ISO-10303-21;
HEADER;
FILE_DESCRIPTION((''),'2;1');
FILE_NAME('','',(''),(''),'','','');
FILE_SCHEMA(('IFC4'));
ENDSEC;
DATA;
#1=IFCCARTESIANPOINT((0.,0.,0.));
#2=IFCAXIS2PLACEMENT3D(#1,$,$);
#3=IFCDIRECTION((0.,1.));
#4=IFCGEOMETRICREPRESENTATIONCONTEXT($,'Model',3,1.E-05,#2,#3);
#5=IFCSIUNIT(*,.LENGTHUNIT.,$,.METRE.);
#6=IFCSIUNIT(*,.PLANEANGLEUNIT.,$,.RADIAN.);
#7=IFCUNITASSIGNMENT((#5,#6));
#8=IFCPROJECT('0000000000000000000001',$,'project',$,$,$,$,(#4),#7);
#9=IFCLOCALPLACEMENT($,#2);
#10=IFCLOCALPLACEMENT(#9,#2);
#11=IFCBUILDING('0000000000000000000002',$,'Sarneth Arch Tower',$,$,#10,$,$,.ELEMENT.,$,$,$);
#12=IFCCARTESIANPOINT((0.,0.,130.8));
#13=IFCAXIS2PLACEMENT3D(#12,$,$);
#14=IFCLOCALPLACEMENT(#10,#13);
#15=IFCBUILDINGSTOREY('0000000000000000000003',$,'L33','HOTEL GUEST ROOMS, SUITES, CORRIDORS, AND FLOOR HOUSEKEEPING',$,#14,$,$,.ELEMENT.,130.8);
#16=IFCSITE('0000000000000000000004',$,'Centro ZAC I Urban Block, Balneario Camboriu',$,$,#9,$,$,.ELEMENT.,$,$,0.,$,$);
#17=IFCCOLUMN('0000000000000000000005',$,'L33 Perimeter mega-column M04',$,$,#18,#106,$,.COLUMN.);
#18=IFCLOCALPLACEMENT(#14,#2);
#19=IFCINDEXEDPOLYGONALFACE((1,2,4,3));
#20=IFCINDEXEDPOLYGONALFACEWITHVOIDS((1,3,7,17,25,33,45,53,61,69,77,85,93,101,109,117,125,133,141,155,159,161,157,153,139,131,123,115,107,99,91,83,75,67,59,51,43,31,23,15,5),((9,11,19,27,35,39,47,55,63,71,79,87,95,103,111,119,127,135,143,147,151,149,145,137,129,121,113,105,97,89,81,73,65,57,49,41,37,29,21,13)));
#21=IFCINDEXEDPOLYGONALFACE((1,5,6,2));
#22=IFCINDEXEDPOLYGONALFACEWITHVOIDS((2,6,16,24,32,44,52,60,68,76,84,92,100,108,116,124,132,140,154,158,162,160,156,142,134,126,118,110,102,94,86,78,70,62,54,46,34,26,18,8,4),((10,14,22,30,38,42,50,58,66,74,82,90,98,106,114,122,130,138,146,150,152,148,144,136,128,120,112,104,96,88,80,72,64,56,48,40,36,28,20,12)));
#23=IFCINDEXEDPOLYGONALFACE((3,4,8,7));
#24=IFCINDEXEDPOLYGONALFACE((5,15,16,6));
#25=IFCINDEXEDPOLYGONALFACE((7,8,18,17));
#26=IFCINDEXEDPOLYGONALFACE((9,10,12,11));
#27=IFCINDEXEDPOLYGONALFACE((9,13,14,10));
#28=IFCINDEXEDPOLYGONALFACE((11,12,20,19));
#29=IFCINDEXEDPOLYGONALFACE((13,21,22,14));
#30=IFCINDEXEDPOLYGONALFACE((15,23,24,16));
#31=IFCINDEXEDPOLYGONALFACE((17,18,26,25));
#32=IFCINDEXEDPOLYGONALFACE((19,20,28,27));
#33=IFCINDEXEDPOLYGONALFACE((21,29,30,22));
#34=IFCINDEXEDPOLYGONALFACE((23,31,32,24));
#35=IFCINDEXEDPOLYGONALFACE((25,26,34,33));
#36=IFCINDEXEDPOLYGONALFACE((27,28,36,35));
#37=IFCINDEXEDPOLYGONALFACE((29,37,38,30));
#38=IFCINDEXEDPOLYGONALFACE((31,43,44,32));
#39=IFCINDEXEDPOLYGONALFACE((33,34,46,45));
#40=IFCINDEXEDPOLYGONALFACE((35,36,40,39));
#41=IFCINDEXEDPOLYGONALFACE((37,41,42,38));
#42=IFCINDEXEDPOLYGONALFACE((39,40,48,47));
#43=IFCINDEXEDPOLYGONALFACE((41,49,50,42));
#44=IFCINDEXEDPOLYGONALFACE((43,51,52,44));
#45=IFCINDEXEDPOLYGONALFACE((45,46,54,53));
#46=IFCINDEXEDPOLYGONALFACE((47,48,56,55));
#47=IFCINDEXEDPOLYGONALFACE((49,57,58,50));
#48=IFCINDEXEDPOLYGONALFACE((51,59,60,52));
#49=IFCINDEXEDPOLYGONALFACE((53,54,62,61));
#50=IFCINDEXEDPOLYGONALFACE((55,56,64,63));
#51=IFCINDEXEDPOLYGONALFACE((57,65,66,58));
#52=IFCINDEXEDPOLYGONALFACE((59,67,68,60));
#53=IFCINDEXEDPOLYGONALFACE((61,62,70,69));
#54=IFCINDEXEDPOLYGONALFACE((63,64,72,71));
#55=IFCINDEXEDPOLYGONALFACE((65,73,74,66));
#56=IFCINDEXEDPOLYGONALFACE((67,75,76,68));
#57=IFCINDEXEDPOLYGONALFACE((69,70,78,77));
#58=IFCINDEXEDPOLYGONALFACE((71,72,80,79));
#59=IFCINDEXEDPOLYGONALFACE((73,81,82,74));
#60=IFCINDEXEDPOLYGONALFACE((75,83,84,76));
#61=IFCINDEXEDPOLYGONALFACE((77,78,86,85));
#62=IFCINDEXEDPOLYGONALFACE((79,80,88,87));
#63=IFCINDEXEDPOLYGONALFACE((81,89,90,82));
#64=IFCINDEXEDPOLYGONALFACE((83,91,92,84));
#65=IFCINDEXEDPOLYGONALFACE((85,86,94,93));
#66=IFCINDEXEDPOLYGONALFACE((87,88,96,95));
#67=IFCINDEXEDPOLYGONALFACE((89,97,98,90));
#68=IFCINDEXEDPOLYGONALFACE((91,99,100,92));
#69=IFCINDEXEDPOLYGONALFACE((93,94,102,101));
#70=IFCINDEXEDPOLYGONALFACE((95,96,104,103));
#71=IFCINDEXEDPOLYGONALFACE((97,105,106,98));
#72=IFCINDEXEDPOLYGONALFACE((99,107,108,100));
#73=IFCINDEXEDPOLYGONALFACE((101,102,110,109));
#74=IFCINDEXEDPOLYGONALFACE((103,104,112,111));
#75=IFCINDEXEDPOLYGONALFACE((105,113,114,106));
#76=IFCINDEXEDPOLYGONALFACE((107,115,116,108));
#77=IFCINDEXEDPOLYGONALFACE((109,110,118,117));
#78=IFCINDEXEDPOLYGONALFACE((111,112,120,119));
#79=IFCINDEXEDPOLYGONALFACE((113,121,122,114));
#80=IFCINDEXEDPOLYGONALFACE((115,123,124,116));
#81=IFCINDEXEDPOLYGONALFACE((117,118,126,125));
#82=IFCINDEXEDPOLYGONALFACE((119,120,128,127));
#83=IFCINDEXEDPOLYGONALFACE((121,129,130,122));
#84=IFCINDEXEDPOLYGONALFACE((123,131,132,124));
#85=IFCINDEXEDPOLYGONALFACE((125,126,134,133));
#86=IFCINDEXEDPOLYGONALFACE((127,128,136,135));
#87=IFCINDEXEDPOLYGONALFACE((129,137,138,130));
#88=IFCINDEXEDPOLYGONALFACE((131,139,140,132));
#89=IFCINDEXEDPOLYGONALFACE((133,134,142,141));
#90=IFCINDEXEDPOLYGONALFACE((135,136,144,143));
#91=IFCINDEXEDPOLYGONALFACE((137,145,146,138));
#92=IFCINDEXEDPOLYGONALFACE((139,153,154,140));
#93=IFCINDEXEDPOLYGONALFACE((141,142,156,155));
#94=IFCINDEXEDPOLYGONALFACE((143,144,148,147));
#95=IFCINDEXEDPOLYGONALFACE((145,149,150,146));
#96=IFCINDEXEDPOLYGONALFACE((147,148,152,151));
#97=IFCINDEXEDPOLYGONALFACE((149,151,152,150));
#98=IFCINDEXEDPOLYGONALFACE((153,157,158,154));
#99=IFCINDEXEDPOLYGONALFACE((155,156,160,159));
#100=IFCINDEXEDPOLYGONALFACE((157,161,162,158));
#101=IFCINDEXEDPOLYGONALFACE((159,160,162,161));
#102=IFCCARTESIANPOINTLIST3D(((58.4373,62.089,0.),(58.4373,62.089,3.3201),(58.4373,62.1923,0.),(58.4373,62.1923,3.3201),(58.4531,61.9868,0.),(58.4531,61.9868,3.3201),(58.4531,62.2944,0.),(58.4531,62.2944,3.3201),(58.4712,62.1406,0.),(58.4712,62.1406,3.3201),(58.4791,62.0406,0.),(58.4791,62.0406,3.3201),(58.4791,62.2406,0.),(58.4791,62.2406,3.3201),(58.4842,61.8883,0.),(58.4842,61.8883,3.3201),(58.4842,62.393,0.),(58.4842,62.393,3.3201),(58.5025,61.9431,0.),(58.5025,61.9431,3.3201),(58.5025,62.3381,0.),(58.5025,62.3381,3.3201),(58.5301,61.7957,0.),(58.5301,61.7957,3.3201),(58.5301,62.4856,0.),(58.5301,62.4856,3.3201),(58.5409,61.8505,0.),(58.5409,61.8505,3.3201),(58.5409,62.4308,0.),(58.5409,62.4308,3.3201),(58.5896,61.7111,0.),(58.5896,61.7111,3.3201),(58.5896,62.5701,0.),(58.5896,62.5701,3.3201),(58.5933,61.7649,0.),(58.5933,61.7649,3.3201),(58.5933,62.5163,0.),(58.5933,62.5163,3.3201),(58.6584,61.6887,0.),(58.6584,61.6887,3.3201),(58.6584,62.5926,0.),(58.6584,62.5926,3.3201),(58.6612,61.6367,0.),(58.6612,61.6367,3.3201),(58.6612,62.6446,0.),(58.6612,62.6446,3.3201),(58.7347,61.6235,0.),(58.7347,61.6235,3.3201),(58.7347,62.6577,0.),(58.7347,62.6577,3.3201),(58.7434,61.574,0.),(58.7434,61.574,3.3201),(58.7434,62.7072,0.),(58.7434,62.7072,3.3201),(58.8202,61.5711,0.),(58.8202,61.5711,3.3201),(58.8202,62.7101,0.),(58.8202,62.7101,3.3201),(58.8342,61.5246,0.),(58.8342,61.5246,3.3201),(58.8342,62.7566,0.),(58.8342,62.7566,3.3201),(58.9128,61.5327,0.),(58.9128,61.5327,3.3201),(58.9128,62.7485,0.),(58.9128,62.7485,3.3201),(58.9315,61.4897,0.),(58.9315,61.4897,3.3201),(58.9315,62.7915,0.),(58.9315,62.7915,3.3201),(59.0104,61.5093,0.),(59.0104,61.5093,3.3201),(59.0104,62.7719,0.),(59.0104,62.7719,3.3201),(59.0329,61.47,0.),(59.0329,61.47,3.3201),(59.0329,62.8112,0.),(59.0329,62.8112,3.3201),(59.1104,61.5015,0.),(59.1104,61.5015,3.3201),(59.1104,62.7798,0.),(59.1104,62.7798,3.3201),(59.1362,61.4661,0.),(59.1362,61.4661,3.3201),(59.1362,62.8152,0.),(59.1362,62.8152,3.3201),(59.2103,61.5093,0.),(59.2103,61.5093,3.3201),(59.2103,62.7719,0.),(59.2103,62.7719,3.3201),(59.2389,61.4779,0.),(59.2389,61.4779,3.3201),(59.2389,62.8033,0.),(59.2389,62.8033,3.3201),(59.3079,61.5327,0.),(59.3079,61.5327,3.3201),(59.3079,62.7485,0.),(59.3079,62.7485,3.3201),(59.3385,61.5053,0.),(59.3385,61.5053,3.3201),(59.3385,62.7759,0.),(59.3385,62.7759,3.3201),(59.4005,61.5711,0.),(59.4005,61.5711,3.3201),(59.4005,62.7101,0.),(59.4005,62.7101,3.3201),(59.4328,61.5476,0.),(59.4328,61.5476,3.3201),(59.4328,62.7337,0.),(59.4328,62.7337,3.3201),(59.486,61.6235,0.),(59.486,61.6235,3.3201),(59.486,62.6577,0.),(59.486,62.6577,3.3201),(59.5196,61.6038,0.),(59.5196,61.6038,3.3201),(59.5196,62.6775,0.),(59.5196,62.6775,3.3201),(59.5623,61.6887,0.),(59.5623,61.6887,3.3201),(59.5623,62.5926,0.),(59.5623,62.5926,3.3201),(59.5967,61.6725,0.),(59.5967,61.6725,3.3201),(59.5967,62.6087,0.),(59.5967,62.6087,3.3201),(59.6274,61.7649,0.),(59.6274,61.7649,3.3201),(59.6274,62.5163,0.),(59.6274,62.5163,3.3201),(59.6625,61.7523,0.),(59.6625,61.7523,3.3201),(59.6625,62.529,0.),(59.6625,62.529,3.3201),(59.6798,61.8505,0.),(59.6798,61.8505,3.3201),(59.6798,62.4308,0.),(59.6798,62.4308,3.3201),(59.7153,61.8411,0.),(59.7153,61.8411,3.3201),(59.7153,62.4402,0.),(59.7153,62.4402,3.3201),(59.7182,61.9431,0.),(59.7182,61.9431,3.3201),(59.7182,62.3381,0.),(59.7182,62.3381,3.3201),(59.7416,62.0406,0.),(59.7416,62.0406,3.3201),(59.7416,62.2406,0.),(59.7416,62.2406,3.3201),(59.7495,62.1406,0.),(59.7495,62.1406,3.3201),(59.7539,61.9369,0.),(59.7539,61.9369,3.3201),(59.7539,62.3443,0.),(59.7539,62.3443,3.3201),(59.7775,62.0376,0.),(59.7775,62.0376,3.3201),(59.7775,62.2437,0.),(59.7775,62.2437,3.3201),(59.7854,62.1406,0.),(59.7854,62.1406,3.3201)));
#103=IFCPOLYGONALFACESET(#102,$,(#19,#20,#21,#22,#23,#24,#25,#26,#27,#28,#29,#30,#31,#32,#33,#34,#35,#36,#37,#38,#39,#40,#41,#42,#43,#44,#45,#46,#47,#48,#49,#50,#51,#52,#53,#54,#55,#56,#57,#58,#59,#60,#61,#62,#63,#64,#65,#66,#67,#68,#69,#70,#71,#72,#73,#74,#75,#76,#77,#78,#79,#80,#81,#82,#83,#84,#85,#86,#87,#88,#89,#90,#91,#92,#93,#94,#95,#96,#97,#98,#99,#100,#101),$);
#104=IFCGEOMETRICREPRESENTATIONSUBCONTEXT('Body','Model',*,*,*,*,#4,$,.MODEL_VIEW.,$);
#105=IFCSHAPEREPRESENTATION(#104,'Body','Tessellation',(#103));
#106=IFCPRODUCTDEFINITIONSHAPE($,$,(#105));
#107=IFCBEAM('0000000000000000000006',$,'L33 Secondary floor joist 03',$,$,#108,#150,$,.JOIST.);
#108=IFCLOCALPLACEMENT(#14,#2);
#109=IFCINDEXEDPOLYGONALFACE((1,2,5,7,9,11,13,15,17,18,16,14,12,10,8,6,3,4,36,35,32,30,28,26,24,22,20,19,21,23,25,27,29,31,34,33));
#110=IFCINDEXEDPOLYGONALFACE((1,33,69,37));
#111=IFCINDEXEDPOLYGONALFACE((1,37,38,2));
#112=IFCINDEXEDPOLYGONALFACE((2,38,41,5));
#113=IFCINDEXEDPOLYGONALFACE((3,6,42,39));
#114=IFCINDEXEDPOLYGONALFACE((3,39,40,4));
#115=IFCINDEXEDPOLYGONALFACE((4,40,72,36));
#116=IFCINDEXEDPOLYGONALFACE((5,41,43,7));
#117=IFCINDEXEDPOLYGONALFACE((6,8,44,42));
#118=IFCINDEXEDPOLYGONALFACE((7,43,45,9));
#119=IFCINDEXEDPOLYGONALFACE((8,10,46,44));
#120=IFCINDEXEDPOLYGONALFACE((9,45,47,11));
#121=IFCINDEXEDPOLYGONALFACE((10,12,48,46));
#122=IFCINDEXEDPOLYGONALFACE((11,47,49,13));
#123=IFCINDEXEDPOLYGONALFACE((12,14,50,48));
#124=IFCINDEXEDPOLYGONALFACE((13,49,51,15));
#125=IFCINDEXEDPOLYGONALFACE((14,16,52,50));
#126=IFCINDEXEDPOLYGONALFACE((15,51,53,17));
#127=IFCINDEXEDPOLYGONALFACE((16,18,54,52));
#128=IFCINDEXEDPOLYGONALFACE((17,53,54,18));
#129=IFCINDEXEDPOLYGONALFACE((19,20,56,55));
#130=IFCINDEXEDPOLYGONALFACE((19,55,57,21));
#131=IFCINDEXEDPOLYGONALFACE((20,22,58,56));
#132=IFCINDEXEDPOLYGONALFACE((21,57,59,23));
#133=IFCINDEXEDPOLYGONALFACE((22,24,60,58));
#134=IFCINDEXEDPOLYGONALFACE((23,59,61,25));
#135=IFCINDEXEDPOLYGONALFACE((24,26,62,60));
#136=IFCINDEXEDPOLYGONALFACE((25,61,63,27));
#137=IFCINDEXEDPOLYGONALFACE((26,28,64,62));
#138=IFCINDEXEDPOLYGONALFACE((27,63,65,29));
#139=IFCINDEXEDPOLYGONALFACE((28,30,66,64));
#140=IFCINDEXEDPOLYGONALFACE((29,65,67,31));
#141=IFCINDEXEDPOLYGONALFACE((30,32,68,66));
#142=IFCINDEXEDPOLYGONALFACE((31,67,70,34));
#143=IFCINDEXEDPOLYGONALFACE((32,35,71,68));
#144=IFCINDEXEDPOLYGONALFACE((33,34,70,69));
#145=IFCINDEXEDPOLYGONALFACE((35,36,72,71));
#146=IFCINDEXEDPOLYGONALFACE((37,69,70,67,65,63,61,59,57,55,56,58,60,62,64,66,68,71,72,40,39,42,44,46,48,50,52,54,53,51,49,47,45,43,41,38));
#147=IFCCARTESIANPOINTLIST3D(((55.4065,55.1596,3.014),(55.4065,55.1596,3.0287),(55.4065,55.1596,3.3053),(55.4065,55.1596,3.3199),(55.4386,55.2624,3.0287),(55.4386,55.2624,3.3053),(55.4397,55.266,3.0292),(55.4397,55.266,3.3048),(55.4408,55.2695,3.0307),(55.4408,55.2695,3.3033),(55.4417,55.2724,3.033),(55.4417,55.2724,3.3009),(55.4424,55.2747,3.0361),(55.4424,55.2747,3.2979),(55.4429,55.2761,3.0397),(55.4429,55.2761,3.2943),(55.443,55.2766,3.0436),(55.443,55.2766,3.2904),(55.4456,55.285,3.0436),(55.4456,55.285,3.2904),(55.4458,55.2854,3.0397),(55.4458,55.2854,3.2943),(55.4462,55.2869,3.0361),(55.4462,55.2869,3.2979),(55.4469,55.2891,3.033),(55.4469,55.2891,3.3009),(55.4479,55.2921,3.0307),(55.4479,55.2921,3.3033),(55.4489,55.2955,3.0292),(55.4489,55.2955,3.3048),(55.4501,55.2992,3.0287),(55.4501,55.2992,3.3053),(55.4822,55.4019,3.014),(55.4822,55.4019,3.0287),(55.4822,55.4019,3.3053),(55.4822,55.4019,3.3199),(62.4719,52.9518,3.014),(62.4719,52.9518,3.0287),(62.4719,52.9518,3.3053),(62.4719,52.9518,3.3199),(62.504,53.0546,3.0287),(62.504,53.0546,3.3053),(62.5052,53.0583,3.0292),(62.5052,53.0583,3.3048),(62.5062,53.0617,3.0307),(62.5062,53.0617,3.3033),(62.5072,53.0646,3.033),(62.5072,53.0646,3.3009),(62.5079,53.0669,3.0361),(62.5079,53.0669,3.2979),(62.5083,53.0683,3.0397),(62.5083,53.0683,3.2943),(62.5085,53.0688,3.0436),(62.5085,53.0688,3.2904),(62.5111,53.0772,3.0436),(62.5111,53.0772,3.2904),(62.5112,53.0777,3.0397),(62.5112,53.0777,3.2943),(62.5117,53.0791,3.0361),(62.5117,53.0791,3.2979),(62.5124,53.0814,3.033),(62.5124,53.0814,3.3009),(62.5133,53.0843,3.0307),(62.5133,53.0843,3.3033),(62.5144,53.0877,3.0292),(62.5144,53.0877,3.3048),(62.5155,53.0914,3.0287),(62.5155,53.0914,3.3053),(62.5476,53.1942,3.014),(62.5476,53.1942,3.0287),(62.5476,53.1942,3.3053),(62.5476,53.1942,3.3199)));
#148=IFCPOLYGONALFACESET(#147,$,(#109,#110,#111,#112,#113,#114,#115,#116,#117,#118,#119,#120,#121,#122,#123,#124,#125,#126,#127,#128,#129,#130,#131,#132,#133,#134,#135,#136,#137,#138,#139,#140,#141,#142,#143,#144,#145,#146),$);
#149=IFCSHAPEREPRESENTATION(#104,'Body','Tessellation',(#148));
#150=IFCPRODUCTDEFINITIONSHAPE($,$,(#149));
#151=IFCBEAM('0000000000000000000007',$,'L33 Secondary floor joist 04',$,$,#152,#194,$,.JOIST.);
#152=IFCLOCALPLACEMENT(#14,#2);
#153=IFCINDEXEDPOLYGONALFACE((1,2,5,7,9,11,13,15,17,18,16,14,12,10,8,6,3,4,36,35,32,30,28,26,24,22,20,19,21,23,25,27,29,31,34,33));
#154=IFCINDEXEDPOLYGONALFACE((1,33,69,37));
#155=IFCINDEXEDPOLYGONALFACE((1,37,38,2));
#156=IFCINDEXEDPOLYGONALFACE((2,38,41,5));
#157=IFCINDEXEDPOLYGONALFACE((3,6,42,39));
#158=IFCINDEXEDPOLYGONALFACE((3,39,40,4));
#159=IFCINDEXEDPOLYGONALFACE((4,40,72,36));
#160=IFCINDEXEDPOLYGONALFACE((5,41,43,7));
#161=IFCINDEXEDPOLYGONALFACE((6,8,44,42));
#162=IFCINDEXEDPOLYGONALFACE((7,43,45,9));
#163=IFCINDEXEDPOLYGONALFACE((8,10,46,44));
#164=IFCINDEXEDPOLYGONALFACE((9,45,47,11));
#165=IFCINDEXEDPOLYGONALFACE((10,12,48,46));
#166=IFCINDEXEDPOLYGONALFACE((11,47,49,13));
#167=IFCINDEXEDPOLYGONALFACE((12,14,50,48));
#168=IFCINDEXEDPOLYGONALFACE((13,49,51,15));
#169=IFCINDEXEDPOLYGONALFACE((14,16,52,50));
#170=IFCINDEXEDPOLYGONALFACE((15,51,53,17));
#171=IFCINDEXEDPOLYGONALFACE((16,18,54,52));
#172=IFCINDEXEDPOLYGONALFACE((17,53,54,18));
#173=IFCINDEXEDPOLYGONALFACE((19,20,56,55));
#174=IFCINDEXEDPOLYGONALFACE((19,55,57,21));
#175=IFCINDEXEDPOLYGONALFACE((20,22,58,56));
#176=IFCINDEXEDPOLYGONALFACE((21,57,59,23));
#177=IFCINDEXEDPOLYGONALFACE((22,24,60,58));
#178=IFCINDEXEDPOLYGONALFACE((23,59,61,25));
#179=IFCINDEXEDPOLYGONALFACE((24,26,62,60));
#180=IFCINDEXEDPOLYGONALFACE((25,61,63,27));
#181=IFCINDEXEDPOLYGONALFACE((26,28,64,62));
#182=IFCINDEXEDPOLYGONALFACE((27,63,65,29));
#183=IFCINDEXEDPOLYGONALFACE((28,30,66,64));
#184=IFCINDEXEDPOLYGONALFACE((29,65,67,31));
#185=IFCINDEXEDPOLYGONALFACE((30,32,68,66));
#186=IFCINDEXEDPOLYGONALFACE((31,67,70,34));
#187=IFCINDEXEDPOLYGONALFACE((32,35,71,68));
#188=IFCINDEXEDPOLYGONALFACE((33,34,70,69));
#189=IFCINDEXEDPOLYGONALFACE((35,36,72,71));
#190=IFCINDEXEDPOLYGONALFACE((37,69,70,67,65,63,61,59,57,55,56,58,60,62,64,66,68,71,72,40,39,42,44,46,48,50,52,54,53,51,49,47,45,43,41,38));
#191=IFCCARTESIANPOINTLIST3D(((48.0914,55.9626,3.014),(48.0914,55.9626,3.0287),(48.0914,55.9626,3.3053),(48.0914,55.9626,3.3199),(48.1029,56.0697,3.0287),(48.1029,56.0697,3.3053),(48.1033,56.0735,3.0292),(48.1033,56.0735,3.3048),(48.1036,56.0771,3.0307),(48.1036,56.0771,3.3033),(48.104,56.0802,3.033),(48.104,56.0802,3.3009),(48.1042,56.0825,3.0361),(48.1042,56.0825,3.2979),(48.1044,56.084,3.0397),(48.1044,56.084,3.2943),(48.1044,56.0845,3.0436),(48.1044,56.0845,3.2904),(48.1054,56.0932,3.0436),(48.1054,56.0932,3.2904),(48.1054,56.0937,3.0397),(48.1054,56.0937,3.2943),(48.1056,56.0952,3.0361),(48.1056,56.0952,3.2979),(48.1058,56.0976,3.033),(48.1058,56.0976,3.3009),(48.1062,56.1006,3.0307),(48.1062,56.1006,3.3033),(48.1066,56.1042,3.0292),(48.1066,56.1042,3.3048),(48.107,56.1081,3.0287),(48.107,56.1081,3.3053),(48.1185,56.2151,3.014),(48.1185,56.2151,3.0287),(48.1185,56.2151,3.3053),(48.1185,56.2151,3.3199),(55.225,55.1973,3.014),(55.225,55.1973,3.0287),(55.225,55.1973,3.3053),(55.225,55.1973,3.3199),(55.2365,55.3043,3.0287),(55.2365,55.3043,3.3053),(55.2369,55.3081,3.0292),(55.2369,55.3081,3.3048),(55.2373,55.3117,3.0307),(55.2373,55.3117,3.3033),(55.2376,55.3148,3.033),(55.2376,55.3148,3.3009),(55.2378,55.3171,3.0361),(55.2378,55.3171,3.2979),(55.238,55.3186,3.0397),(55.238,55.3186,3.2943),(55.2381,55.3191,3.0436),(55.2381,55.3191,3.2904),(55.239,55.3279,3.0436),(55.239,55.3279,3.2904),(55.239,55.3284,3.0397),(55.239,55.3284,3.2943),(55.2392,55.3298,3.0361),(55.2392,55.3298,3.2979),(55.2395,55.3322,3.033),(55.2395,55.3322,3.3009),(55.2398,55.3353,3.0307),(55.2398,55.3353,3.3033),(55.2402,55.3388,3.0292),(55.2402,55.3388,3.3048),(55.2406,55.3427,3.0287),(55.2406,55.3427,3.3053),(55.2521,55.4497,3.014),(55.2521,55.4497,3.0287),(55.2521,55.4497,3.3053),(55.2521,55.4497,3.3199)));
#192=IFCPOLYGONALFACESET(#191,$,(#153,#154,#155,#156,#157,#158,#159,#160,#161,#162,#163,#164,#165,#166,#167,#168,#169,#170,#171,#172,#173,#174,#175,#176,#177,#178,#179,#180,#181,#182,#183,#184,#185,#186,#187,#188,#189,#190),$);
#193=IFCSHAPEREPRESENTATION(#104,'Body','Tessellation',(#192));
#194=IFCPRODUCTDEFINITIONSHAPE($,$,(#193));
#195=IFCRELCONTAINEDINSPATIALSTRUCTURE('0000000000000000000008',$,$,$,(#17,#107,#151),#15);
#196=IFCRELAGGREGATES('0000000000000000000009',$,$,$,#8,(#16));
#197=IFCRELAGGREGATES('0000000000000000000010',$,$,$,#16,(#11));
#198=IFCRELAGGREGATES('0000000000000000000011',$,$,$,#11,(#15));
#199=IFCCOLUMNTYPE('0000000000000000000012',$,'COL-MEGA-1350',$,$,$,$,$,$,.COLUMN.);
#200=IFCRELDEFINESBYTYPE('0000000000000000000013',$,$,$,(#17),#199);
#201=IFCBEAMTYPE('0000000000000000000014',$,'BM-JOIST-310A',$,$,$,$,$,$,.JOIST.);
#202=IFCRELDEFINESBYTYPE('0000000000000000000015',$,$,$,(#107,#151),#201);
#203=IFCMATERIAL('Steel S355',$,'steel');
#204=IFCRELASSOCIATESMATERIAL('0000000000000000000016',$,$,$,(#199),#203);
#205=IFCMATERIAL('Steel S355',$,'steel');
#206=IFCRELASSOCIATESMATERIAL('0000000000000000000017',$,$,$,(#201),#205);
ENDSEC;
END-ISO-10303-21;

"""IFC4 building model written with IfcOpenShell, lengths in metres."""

from ifc_helpers import new_model, si_unit, direction, frame, origin, origin_2d, place, context, subcontext, project, spatial, hollow_circle, i_section, extrude, material, material_profile, profile_set, type_object, element, save


model = new_model("IFC4")

# Units and contexts
model_context = context("Model", 3, precision=1e-05, world=origin(), true_north=direction((0.0, 1.0)))
body_context = subcontext(model_context, "Body", "Model", "MODEL_VIEW")
ifc_project = project(units=[si_unit("LENGTHUNIT", "METRE"), si_unit("PLANEANGLEUNIT", "RADIAN")], contexts=[model_context])

# Site, building, storey
site_placement = place(None, origin())
site = spatial("IfcSite", under=ifc_project, at=site_placement, Name="Centro ZAC I Urban Block, Balneario Camboriu", CompositionType="ELEMENT", RefElevation=0.0)
building_placement = place(site_placement, origin())
building = spatial("IfcBuilding", under=site, at=building_placement, Name="Sarneth Arch Tower", CompositionType="ELEMENT")
storey_placement = place(building_placement, frame((0.0, 0.0, 130.8)))
storey = spatial("IfcBuildingStorey", under=building, at=storey_placement, Name="L33", Description="HOTEL GUEST ROOMS, SUITES, CORRIDORS, AND FLOOR HOUSEKEEPING", CompositionType="ELEMENT", Elevation=130.8)

# Column
ifc_material_1 = material(Name="Steel S355", Category="steel")
ifc_material_profile_1 = material_profile(ifc_material_1, hollow_circle(Radius=0.675, WallThickness=0.0359, at=origin_2d()), Name="CHS1350x36")
ifc_profile_set_1 = profile_set([ifc_material_profile_1], Name="Steel S355")
column_type = type_object("IfcColumnType", Name="COL-MEGA-1350", PredefinedType="COLUMN", material=ifc_profile_set_1)
column_placement = place(storey_placement, frame((59.1104, 62.1406, 0.0), z_axis=(0.0, 0.0, 1.0), x_axis=(1.0, 0.0, 0.0)))
element("IfcColumn", 1, at=column_placement, inside=storey, type_object=column_type, Name="L33 Perimeter mega-column M04", PredefinedType="COLUMN", context=body_context, shape_type="SweptSolid", body=[
    extrude(hollow_circle(Radius=0.675, WallThickness=0.0359, at=origin_2d()), origin(), (0.0, 0.0, 1.0), 3.3201),
])

# Beams
ifc_material_2 = material(Name="Steel S355", Category="steel")
ifc_material_profile_2 = material_profile(ifc_material_2, i_section(OverallWidth=0.2539, OverallDepth=0.3059, WebThickness=0.0088, FlangeThickness=0.0146, FilletRadius=0.0149, at=origin_2d()), Name="W310x79")
ifc_profile_set_2 = profile_set([ifc_material_profile_2], Name="Steel S355")
beam_type_1 = type_object("IfcBeamType", Name="BM-JOIST-310A", PredefinedType="JOIST", material=ifc_profile_set_2)
beam_1_placement = place(storey_placement, frame((62.5098, 53.073, 3.167), z_axis=(-0.954487, 0.298252, 0.0), x_axis=(-0.298252, -0.954487, 0.0)))
element("IfcBeam", 2, at=beam_1_placement, inside=storey, type_object=beam_type_1, Name="L33 Secondary floor joist 03", PredefinedType="JOIST", context=body_context, shape_type="SweptSolid", body=[
    extrude(i_section(OverallWidth=0.2539, OverallDepth=0.3059, WebThickness=0.0088, FlangeThickness=0.0146, FilletRadius=0.0149, at=origin_2d()), origin(), (0.0, 0.0, 1.0), 7.4023),
])
beam_2_placement = place(storey_placement, frame((55.2385, 55.3235, 3.167), z_axis=(-0.994293, 0.106681, 0.0), x_axis=(-0.106681, -0.994293, 0.0)))
element("IfcBeam", 3, at=beam_2_placement, inside=storey, type_object=beam_type_1, Name="L33 Secondary floor joist 04", PredefinedType="JOIST", context=body_context, shape_type="SweptSolid", body=[
    extrude(i_section(OverallWidth=0.2539, OverallDepth=0.3059, WebThickness=0.0088, FlangeThickness=0.0146, FilletRadius=0.0149, at=origin_2d()), origin(), (0.0, 0.0, 1.0), 7.1746),
])

save(model, "model.ifc")
